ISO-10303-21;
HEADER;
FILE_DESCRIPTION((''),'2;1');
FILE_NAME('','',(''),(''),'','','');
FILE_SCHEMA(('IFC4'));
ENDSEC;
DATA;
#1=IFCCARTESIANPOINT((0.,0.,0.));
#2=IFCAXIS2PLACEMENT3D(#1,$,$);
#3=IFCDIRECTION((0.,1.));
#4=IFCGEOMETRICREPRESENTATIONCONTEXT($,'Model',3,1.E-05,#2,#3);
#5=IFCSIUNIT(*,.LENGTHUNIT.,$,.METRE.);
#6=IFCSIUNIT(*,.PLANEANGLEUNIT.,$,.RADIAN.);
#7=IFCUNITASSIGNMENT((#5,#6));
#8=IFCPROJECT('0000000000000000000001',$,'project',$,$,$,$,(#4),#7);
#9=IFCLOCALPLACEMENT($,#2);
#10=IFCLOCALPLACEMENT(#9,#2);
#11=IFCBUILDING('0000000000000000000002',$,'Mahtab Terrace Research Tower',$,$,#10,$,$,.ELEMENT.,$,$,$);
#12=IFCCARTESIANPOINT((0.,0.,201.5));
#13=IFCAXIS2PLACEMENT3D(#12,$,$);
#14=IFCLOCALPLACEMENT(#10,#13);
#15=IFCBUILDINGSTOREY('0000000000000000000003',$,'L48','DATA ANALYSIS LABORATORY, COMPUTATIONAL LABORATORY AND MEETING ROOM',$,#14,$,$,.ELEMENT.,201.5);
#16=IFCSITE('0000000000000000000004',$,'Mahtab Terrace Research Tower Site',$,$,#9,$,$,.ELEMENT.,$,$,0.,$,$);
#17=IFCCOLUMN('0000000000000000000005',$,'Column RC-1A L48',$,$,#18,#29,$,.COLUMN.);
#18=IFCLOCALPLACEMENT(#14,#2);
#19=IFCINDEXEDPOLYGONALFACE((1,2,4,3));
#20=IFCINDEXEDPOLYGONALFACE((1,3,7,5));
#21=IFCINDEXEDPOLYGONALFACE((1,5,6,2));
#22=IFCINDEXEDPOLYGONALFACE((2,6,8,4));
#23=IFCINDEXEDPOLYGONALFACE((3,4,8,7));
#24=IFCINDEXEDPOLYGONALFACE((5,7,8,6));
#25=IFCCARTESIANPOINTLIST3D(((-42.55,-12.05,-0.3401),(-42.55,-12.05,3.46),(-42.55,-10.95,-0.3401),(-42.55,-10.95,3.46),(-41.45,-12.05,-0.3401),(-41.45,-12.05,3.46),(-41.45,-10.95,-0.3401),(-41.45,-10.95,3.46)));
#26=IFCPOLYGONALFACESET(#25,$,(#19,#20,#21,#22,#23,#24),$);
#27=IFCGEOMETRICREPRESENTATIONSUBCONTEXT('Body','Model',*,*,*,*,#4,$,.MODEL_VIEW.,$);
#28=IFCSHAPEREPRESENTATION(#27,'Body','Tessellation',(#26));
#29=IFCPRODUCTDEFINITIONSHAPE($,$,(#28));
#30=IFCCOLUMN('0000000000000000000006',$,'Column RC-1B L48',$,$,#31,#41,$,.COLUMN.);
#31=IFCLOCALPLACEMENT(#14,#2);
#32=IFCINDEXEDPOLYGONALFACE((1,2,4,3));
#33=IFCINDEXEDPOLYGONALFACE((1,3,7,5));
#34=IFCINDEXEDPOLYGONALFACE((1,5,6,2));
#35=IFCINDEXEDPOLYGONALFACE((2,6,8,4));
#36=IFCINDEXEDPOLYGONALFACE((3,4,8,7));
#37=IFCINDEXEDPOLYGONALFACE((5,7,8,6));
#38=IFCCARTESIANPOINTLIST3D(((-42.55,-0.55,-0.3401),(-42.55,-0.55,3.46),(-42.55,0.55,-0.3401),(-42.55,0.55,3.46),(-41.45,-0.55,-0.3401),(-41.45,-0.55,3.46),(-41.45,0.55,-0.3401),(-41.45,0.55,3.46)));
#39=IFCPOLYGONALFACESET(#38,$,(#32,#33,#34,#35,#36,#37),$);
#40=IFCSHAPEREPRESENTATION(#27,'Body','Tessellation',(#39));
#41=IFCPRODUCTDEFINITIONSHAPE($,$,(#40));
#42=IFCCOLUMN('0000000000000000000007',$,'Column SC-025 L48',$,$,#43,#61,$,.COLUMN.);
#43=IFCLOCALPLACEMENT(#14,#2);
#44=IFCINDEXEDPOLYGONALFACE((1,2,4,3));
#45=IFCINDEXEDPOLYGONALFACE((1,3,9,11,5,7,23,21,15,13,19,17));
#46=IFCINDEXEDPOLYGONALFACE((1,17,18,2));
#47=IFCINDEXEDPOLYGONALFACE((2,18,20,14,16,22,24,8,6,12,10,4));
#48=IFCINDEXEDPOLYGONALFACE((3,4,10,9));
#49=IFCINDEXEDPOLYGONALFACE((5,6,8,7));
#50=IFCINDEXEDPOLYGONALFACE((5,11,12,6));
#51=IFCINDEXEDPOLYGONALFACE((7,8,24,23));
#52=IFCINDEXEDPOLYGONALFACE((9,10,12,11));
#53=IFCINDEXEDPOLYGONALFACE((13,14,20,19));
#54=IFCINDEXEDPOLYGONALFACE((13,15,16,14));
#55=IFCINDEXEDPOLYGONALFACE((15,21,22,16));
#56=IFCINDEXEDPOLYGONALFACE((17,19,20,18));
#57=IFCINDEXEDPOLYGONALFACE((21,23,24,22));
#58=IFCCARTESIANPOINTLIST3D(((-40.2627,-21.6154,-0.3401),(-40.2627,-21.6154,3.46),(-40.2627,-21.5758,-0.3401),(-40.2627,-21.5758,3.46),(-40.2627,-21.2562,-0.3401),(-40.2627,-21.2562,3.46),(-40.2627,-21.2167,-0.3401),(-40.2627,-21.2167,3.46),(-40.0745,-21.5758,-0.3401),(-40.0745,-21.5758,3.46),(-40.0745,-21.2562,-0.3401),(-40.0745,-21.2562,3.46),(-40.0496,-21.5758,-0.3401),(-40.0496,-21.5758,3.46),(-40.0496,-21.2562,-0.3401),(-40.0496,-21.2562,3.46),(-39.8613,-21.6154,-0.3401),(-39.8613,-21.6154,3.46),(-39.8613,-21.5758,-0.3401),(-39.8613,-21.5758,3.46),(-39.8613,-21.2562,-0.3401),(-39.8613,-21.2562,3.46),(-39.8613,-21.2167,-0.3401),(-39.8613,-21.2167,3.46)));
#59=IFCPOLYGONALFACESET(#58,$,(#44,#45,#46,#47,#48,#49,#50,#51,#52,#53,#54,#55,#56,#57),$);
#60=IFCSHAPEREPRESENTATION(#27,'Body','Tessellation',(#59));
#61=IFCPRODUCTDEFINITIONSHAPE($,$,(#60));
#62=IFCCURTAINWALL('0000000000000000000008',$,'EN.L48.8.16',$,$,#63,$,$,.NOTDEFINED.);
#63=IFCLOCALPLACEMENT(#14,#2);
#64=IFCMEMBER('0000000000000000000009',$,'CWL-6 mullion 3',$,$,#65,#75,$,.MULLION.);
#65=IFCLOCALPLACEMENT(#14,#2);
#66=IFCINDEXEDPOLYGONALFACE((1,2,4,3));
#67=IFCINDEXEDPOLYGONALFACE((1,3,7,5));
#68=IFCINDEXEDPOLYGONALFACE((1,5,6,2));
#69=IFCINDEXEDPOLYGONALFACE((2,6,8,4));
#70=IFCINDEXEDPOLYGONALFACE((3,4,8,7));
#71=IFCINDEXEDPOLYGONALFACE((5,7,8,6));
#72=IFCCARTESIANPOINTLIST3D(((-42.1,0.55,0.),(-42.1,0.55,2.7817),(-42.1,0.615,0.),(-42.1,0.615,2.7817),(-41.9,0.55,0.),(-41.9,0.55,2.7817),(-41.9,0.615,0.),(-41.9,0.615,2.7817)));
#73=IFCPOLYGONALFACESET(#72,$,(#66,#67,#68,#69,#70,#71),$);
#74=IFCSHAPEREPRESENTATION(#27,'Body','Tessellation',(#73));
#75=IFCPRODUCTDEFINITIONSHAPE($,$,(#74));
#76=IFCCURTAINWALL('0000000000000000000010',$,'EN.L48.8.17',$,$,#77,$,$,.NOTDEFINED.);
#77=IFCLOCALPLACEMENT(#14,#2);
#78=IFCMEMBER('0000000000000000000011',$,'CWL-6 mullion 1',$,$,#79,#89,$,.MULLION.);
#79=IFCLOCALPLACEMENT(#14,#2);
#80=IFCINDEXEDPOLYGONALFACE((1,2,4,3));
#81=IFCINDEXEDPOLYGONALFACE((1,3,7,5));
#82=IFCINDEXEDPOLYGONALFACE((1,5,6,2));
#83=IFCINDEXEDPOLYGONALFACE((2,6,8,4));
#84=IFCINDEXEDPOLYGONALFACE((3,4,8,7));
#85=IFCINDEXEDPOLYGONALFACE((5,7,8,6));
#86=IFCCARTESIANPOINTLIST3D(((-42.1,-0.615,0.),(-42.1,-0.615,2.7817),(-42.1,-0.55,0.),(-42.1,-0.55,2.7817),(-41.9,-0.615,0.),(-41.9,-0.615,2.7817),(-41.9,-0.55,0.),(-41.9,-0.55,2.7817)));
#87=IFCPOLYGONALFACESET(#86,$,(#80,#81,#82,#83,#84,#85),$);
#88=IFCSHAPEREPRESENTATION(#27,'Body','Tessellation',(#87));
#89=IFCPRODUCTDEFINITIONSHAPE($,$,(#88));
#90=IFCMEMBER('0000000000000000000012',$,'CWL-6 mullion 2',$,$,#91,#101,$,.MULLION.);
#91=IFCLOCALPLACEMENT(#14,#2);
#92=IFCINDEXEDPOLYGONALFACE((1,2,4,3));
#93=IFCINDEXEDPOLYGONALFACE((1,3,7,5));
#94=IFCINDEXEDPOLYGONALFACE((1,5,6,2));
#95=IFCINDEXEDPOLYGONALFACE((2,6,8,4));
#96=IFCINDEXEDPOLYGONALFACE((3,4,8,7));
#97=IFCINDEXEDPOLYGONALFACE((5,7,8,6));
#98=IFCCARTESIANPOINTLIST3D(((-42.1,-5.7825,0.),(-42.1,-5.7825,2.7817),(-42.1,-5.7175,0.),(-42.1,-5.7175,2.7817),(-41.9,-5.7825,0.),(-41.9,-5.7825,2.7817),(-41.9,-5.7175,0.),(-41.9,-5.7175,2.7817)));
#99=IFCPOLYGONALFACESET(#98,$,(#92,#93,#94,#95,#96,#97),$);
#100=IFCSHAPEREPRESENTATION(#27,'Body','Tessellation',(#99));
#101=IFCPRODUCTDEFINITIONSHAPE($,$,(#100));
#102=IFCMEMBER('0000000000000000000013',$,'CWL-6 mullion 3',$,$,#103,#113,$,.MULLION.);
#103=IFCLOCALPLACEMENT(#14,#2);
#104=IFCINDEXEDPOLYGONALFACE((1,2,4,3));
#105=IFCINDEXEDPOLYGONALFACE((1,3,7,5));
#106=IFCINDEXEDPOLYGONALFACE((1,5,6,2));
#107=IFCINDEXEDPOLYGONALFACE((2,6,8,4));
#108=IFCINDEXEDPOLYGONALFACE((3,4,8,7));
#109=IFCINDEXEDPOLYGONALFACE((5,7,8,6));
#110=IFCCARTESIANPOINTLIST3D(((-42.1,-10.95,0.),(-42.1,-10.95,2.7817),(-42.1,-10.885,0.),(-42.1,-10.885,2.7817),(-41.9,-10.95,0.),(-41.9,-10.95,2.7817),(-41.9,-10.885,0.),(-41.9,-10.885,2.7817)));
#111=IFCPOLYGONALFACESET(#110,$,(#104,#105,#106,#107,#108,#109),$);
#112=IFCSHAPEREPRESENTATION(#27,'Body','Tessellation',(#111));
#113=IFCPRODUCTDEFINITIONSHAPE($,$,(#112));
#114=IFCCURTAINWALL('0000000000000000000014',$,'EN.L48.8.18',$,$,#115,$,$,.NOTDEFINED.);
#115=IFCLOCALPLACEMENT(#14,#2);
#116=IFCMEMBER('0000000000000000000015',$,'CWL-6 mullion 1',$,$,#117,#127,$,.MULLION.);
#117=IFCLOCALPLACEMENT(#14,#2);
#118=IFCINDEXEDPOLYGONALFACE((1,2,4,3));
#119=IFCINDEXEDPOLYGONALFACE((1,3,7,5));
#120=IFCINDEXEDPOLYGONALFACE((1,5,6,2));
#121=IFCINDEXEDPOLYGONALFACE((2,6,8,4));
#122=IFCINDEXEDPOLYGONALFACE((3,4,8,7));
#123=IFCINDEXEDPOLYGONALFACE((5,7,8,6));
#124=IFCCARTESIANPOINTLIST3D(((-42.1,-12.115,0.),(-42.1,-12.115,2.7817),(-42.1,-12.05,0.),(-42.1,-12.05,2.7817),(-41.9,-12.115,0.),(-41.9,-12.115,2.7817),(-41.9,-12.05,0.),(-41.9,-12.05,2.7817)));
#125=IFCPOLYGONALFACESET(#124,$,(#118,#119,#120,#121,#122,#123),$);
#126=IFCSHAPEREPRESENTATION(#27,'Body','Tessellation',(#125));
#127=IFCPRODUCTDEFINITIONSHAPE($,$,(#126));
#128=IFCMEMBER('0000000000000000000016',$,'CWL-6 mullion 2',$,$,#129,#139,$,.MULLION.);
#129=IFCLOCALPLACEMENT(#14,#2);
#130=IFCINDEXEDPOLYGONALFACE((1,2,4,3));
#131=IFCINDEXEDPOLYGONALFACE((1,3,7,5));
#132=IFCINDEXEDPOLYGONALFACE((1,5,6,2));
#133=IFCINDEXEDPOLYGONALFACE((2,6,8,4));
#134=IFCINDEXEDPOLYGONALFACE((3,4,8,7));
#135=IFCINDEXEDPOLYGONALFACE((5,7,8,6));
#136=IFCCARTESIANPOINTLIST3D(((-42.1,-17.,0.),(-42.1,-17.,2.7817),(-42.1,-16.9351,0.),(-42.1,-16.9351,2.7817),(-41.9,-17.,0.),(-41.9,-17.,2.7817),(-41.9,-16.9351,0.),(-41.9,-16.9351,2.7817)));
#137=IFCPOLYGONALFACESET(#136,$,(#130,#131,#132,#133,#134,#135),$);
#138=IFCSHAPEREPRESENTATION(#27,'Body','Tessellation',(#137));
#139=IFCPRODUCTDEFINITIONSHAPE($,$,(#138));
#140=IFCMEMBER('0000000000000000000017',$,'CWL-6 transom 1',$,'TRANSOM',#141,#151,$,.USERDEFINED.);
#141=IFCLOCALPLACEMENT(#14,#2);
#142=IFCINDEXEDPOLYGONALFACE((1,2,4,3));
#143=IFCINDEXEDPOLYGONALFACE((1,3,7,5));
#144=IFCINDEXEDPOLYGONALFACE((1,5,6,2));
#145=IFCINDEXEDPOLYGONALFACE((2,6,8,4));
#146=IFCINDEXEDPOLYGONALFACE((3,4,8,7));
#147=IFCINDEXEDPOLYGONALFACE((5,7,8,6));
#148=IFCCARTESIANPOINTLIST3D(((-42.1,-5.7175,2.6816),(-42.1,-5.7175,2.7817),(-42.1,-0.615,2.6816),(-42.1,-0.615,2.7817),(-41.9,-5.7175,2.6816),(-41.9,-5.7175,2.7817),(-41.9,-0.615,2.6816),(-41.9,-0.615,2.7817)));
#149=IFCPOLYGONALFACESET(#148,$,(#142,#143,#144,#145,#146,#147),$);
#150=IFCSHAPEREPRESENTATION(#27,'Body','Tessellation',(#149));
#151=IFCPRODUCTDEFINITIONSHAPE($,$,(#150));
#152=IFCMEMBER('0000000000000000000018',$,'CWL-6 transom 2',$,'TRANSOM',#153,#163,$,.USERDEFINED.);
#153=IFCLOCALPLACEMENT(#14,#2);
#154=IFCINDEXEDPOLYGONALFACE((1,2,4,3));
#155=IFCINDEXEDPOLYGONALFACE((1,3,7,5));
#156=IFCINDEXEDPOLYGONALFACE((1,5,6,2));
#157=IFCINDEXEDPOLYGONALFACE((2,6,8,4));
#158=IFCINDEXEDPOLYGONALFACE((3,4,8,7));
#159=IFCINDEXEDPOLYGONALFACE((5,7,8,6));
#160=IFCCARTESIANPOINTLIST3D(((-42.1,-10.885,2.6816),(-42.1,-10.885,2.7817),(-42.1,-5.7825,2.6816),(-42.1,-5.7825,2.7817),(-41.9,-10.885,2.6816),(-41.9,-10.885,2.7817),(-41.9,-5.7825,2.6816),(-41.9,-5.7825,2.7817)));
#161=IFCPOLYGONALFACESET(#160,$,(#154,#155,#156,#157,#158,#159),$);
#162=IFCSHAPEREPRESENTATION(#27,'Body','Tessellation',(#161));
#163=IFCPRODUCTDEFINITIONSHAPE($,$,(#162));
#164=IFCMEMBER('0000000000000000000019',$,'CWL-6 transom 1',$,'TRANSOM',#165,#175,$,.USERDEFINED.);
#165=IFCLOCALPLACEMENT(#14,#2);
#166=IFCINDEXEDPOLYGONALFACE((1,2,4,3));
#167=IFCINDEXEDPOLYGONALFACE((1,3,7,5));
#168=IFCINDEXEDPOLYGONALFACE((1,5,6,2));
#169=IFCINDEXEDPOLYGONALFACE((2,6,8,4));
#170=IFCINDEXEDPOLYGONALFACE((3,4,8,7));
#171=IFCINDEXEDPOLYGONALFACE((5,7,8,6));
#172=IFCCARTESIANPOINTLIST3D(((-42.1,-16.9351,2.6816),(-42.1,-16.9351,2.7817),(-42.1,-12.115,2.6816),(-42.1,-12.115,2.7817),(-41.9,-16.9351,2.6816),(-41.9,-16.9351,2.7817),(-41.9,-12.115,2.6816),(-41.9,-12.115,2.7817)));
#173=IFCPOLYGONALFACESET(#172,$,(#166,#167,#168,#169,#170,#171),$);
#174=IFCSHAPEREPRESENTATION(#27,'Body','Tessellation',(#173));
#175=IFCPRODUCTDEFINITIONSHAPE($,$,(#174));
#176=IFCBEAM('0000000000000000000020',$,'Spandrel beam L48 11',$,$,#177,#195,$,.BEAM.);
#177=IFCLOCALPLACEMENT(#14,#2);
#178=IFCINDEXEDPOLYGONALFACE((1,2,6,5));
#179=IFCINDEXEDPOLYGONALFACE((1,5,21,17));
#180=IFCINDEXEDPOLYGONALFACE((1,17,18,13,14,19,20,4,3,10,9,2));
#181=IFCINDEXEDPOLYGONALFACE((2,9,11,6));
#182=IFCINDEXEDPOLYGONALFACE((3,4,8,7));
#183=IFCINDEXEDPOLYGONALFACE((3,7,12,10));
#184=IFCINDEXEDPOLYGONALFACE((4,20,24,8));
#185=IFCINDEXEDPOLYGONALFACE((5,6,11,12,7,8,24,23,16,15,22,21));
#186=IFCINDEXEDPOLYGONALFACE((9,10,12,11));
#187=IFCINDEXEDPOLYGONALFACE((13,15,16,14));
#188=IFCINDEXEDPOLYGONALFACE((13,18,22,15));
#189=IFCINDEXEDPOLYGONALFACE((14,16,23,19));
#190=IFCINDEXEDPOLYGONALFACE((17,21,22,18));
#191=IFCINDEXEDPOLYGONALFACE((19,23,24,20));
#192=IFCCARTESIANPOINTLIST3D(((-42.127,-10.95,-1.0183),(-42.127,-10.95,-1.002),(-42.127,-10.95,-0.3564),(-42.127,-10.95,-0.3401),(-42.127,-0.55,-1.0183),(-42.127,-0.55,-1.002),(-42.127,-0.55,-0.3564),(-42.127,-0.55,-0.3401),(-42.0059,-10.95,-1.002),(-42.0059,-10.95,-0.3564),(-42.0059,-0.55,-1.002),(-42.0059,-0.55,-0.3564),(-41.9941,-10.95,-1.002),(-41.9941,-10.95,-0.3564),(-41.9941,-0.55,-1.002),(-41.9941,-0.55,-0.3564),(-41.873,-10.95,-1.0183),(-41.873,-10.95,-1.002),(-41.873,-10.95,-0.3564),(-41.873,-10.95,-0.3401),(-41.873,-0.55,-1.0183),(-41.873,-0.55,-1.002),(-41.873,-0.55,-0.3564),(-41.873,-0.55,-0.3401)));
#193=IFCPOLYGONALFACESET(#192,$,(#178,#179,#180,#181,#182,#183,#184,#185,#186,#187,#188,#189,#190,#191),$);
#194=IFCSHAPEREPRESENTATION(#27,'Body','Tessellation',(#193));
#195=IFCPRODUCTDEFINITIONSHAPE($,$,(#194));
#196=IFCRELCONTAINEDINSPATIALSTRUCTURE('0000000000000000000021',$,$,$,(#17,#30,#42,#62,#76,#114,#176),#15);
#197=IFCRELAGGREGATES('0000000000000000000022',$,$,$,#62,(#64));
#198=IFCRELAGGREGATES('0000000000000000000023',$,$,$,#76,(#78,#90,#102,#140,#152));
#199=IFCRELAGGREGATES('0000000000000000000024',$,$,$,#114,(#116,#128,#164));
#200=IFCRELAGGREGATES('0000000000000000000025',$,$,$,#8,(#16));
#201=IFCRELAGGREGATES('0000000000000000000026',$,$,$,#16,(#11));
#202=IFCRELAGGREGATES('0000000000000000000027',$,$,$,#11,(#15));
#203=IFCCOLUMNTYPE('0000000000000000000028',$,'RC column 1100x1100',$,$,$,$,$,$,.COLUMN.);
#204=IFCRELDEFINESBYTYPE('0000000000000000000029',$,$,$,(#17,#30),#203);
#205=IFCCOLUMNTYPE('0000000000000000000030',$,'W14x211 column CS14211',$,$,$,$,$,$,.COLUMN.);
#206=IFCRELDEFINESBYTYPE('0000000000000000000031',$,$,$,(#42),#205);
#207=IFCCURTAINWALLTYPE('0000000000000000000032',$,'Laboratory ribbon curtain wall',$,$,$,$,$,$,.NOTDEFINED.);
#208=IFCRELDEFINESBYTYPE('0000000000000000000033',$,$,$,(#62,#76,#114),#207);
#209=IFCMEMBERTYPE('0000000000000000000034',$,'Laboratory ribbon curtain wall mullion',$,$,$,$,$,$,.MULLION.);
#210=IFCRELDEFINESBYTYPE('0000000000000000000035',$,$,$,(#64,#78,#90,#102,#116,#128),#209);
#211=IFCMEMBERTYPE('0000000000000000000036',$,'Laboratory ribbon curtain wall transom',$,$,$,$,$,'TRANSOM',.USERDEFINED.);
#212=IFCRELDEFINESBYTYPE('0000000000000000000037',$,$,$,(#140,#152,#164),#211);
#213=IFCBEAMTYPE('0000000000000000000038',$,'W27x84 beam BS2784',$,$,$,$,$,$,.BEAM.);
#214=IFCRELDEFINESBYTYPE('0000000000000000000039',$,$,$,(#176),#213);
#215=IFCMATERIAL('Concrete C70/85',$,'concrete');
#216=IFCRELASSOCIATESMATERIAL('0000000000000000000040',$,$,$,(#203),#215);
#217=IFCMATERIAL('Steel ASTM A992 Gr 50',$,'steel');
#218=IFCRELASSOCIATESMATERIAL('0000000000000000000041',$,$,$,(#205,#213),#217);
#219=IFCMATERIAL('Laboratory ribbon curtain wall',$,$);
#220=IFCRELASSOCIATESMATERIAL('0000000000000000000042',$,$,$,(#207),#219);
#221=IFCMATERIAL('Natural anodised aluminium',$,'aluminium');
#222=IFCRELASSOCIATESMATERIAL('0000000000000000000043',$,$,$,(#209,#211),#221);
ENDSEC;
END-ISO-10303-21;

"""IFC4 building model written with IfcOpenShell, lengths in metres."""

from ifc_helpers import new_model, si_unit, direction, frame, origin, origin_2d, place, context, subcontext, project, spatial, rectangle, i_section, extrude, material, material_profile, profile_set, type_object, element, aggregate, save


model = new_model("IFC4")

# Units and contexts
model_context = context("Model", 3, precision=1e-05, world=origin(), true_north=direction((0.0, 1.0)))
body_context = subcontext(model_context, "Body", "Model", "MODEL_VIEW")
ifc_project = project(units=[si_unit("LENGTHUNIT", "METRE"), si_unit("PLANEANGLEUNIT", "RADIAN")], contexts=[model_context])

# Site, building, storey
site_placement = place(None, origin())
site = spatial("IfcSite", under=ifc_project, at=site_placement, Name="Mahtab Terrace Research Tower Site", CompositionType="ELEMENT", RefElevation=0.0)
building_placement = place(site_placement, origin())
building = spatial("IfcBuilding", under=site, at=building_placement, Name="Mahtab Terrace Research Tower", CompositionType="ELEMENT")
storey_placement = place(building_placement, frame((0.0, 0.0, 201.5)))
storey = spatial("IfcBuildingStorey", under=building, at=storey_placement, Name="L48", Description="DATA ANALYSIS LABORATORY, COMPUTATIONAL LABORATORY AND MEETING ROOM", CompositionType="ELEMENT", Elevation=201.5)

# Columns
ifc_material_1 = material(Name="Concrete C70/85", Category="concrete")
ifc_material_profile_1 = material_profile(ifc_material_1, rectangle(XDim=1.1001, YDim=1.1001, at=origin_2d()), Name="RC column 1100x1100")
ifc_profile_set_1 = profile_set([ifc_material_profile_1], Name="Concrete C70/85")
column_type_1 = type_object("IfcColumnType", Name="RC column 1100x1100", PredefinedType="COLUMN", material=ifc_profile_set_1)
for number, where, z_axis, x_axis, name in (
    (1, (-42.0, -11.5, -0.3401), (0.0, 0.0, 1.0), (1.0, 0.0, 0.0), "Column RC-1A L48"),
    (2, (-42.0, 0.0, -0.3401), (0.0, 0.0, 1.0), (1.0, 0.0, 0.0), "Column RC-1B L48"),
):
    element("IfcColumn", number, at=place(storey_placement, frame(where, z_axis=z_axis, x_axis=x_axis)), inside=storey, type_object=column_type_1, Name=name, PredefinedType="COLUMN", context=body_context, shape_type="SweptSolid", body=[
        extrude(rectangle(XDim=1.1001, YDim=1.1001, at=origin_2d()), origin(), (0.0, 0.0, 1.0), 3.8),
    ])
ifc_material_2 = material(Name="Steel ASTM A992 Gr 50", Category="steel")
ifc_material_profile_2 = material_profile(ifc_material_2, i_section(OverallWidth=0.4014, OverallDepth=0.3987, WebThickness=0.0249, FlangeThickness=0.0396, at=origin_2d()), Name="W14X211")
ifc_profile_set_2 = profile_set([ifc_material_profile_2], Name="Steel ASTM A992 Gr 50")
column_type_2 = type_object("IfcColumnType", Name="W14x211 column CS14211", PredefinedType="COLUMN", material=ifc_profile_set_2)
column_placement = place(storey_placement, frame((-40.062, -21.416, -0.3401), z_axis=(0.0, 0.0, 1.0), x_axis=(1.0, 0.0, 0.0)))
element("IfcColumn", 3, at=column_placement, inside=storey, type_object=column_type_2, Name="Column SC-025 L48", PredefinedType="COLUMN", context=body_context, shape_type="SweptSolid", body=[
    extrude(i_section(OverallWidth=0.4014, OverallDepth=0.3987, WebThickness=0.0249, FlangeThickness=0.0396, at=origin_2d()), origin(), (0.0, 0.0, 1.0), 3.8),
])

# Curtain wall, member
ifc_material_3 = material(Name="Laboratory ribbon curtain wall")
curtain_wall_type = type_object("IfcCurtainWallType", Name="Laboratory ribbon curtain wall", PredefinedType="NOTDEFINED", material=ifc_material_3)
curtain_wall_1_placement = place(storey_placement, origin())
curtain_wall_1 = element("IfcCurtainWall", 4, at=curtain_wall_1_placement, inside=storey, type_object=curtain_wall_type, Name="EN.L48.8.16", PredefinedType="NOTDEFINED")
ifc_material_4 = material(Name="Natural anodised aluminium", Category="aluminium")
ifc_material_profile_3 = material_profile(ifc_material_4, rectangle(XDim=0.2, YDim=0.0649, at=origin_2d()), Name="MULLION 65x200")
ifc_profile_set_3 = profile_set([ifc_material_profile_3], Name="Natural anodised aluminium")
member_type_1 = type_object("IfcMemberType", Name="Laboratory ribbon curtain wall mullion", PredefinedType="MULLION", material=ifc_profile_set_3)
member_1_placement = place(storey_placement, frame((-42.0, 0.5825, 0.0), z_axis=(0.0, 0.0, 1.0), x_axis=(1.0, 0.0, 0.0)))
member_1 = element("IfcMember", 5, at=member_1_placement, type_object=member_type_1, Name="CWL-6 mullion 3", PredefinedType="MULLION", context=body_context, shape_type="SweptSolid", body=[
    extrude(rectangle(XDim=0.2, YDim=0.0649, at=origin_2d()), origin(), (0.0, 0.0, 1.0), 2.7817),
])
aggregate(curtain_wall_1, [member_1])

# Curtain walls, members
curtain_wall_2_placement = place(storey_placement, origin())
curtain_wall_2 = element("IfcCurtainWall", 6, at=curtain_wall_2_placement, inside=storey, type_object=curtain_wall_type, Name="EN.L48.8.17", PredefinedType="NOTDEFINED")
member_2_placement = place(storey_placement, frame((-42.0, -0.5825, 0.0), z_axis=(0.0, 0.0, 1.0), x_axis=(1.0, 0.0, 0.0)))
member_2 = element("IfcMember", 7, at=member_2_placement, type_object=member_type_1, Name="CWL-6 mullion 1", PredefinedType="MULLION", context=body_context, shape_type="SweptSolid", body=[
    extrude(rectangle(XDim=0.2, YDim=0.0649, at=origin_2d()), origin(), (0.0, 0.0, 1.0), 2.7817),
])
member_3_placement = place(storey_placement, frame((-42.0, -5.75, 0.0), z_axis=(0.0, 0.0, 1.0), x_axis=(1.0, 0.0, 0.0)))
member_3 = element("IfcMember", 8, at=member_3_placement, type_object=member_type_1, Name="CWL-6 mullion 2", PredefinedType="MULLION", context=body_context, shape_type="SweptSolid", body=[
    extrude(rectangle(XDim=0.2, YDim=0.0649, at=origin_2d()), origin(), (0.0, 0.0, 1.0), 2.7817),
])
member_4_placement = place(storey_placement, frame((-42.0, -10.9175, 0.0), z_axis=(0.0, 0.0, 1.0), x_axis=(1.0, 0.0, 0.0)))
member_4 = element("IfcMember", 9, at=member_4_placement, type_object=member_type_1, Name="CWL-6 mullion 3", PredefinedType="MULLION", context=body_context, shape_type="SweptSolid", body=[
    extrude(rectangle(XDim=0.2, YDim=0.0649, at=origin_2d()), origin(), (0.0, 0.0, 1.0), 2.7817),
])
curtain_wall_3_placement = place(storey_placement, origin())
curtain_wall_3 = element("IfcCurtainWall", 10, at=curtain_wall_3_placement, inside=storey, type_object=curtain_wall_type, Name="EN.L48.8.18", PredefinedType="NOTDEFINED")
member_5_placement = place(storey_placement, frame((-42.0, -12.0825, 0.0), z_axis=(0.0, 0.0, 1.0), x_axis=(1.0, 0.0, 0.0)))
member_5 = element("IfcMember", 11, at=member_5_placement, type_object=member_type_1, Name="CWL-6 mullion 1", PredefinedType="MULLION", context=body_context, shape_type="SweptSolid", body=[
    extrude(rectangle(XDim=0.2, YDim=0.0649, at=origin_2d()), origin(), (0.0, 0.0, 1.0), 2.7817),
])
member_6_placement = place(storey_placement, frame((-42.0, -16.9675, 0.0), z_axis=(0.0, 0.0, 1.0), x_axis=(1.0, 0.0, 0.0)))
member_6 = element("IfcMember", 12, at=member_6_placement, type_object=member_type_1, Name="CWL-6 mullion 2", PredefinedType="MULLION", context=body_context, shape_type="SweptSolid", body=[
    extrude(rectangle(XDim=0.2, YDim=0.0649, at=origin_2d()), origin(), (0.0, 0.0, 1.0), 2.7817),
])

# Members
ifc_material_profile_4 = material_profile(ifc_material_4, rectangle(XDim=0.2, YDim=0.1001, at=origin_2d()), Name="TRANSOM 100x200")
ifc_profile_set_4 = profile_set([ifc_material_profile_4], Name="Natural anodised aluminium")
member_type_2 = type_object("IfcMemberType", Name="Laboratory ribbon curtain wall transom", ElementType="TRANSOM", PredefinedType="USERDEFINED", material=ifc_profile_set_4)
member_7_placement = place(storey_placement, frame((-42.0, -0.615, 2.7317), z_axis=(0.0, -1.0, 0.0), x_axis=(1.0, 0.0, 0.0)))
member_7 = element("IfcMember", 13, at=member_7_placement, type_object=member_type_2, Name="CWL-6 transom 1", ObjectType="TRANSOM", PredefinedType="USERDEFINED", context=body_context, shape_type="SweptSolid", body=[
    extrude(rectangle(XDim=0.2, YDim=0.1001, at=origin_2d()), origin(), (0.0, 0.0, 1.0), 5.1025),
])
member_8_placement = place(storey_placement, frame((-42.0, -5.7825, 2.7317), z_axis=(0.0, -1.0, 0.0), x_axis=(1.0, 0.0, 0.0)))
member_8 = element("IfcMember", 14, at=member_8_placement, type_object=member_type_2, Name="CWL-6 transom 2", ObjectType="TRANSOM", PredefinedType="USERDEFINED", context=body_context, shape_type="SweptSolid", body=[
    extrude(rectangle(XDim=0.2, YDim=0.1001, at=origin_2d()), origin(), (0.0, 0.0, 1.0), 5.1025),
])
member_9_placement = place(storey_placement, frame((-42.0, -12.115, 2.7317), z_axis=(0.0, -1.0, 0.0), x_axis=(1.0, 0.0, 0.0)))
member_9 = element("IfcMember", 15, at=member_9_placement, type_object=member_type_2, Name="CWL-6 transom 1", ObjectType="TRANSOM", PredefinedType="USERDEFINED", context=body_context, shape_type="SweptSolid", body=[
    extrude(rectangle(XDim=0.2, YDim=0.1001, at=origin_2d()), origin(), (0.0, 0.0, 1.0), 4.8201),
])

# Beam
ifc_material_profile_5 = material_profile(ifc_material_2, i_section(OverallWidth=0.2539, OverallDepth=0.6782, WebThickness=0.0117, FlangeThickness=0.0164, at=origin_2d()), Name="W27X84")
ifc_profile_set_5 = profile_set([ifc_material_profile_5], Name="Steel ASTM A992 Gr 50")
beam_type = type_object("IfcBeamType", Name="W27x84 beam BS2784", PredefinedType="BEAM", material=ifc_profile_set_5)
beam_1_placement = place(storey_placement, frame((-42.0, -0.55, -0.6792), z_axis=(0.0, -1.0, 0.0), x_axis=(1.0, 0.0, 0.0)))
element("IfcBeam", 16, at=beam_1_placement, inside=storey, type_object=beam_type, Name="Spandrel beam L48 11", PredefinedType="BEAM", context=body_context, shape_type="SweptSolid", body=[
    extrude(i_section(OverallWidth=0.2539, OverallDepth=0.6782, WebThickness=0.0117, FlangeThickness=0.0164, at=origin_2d()), origin(), (0.0, 0.0, 1.0), 10.3999),
])

aggregate(curtain_wall_2, [member_2, member_3, member_4, member_7, member_8])
aggregate(curtain_wall_3, [member_5, member_6, member_9])

save(model, "model.ifc")
